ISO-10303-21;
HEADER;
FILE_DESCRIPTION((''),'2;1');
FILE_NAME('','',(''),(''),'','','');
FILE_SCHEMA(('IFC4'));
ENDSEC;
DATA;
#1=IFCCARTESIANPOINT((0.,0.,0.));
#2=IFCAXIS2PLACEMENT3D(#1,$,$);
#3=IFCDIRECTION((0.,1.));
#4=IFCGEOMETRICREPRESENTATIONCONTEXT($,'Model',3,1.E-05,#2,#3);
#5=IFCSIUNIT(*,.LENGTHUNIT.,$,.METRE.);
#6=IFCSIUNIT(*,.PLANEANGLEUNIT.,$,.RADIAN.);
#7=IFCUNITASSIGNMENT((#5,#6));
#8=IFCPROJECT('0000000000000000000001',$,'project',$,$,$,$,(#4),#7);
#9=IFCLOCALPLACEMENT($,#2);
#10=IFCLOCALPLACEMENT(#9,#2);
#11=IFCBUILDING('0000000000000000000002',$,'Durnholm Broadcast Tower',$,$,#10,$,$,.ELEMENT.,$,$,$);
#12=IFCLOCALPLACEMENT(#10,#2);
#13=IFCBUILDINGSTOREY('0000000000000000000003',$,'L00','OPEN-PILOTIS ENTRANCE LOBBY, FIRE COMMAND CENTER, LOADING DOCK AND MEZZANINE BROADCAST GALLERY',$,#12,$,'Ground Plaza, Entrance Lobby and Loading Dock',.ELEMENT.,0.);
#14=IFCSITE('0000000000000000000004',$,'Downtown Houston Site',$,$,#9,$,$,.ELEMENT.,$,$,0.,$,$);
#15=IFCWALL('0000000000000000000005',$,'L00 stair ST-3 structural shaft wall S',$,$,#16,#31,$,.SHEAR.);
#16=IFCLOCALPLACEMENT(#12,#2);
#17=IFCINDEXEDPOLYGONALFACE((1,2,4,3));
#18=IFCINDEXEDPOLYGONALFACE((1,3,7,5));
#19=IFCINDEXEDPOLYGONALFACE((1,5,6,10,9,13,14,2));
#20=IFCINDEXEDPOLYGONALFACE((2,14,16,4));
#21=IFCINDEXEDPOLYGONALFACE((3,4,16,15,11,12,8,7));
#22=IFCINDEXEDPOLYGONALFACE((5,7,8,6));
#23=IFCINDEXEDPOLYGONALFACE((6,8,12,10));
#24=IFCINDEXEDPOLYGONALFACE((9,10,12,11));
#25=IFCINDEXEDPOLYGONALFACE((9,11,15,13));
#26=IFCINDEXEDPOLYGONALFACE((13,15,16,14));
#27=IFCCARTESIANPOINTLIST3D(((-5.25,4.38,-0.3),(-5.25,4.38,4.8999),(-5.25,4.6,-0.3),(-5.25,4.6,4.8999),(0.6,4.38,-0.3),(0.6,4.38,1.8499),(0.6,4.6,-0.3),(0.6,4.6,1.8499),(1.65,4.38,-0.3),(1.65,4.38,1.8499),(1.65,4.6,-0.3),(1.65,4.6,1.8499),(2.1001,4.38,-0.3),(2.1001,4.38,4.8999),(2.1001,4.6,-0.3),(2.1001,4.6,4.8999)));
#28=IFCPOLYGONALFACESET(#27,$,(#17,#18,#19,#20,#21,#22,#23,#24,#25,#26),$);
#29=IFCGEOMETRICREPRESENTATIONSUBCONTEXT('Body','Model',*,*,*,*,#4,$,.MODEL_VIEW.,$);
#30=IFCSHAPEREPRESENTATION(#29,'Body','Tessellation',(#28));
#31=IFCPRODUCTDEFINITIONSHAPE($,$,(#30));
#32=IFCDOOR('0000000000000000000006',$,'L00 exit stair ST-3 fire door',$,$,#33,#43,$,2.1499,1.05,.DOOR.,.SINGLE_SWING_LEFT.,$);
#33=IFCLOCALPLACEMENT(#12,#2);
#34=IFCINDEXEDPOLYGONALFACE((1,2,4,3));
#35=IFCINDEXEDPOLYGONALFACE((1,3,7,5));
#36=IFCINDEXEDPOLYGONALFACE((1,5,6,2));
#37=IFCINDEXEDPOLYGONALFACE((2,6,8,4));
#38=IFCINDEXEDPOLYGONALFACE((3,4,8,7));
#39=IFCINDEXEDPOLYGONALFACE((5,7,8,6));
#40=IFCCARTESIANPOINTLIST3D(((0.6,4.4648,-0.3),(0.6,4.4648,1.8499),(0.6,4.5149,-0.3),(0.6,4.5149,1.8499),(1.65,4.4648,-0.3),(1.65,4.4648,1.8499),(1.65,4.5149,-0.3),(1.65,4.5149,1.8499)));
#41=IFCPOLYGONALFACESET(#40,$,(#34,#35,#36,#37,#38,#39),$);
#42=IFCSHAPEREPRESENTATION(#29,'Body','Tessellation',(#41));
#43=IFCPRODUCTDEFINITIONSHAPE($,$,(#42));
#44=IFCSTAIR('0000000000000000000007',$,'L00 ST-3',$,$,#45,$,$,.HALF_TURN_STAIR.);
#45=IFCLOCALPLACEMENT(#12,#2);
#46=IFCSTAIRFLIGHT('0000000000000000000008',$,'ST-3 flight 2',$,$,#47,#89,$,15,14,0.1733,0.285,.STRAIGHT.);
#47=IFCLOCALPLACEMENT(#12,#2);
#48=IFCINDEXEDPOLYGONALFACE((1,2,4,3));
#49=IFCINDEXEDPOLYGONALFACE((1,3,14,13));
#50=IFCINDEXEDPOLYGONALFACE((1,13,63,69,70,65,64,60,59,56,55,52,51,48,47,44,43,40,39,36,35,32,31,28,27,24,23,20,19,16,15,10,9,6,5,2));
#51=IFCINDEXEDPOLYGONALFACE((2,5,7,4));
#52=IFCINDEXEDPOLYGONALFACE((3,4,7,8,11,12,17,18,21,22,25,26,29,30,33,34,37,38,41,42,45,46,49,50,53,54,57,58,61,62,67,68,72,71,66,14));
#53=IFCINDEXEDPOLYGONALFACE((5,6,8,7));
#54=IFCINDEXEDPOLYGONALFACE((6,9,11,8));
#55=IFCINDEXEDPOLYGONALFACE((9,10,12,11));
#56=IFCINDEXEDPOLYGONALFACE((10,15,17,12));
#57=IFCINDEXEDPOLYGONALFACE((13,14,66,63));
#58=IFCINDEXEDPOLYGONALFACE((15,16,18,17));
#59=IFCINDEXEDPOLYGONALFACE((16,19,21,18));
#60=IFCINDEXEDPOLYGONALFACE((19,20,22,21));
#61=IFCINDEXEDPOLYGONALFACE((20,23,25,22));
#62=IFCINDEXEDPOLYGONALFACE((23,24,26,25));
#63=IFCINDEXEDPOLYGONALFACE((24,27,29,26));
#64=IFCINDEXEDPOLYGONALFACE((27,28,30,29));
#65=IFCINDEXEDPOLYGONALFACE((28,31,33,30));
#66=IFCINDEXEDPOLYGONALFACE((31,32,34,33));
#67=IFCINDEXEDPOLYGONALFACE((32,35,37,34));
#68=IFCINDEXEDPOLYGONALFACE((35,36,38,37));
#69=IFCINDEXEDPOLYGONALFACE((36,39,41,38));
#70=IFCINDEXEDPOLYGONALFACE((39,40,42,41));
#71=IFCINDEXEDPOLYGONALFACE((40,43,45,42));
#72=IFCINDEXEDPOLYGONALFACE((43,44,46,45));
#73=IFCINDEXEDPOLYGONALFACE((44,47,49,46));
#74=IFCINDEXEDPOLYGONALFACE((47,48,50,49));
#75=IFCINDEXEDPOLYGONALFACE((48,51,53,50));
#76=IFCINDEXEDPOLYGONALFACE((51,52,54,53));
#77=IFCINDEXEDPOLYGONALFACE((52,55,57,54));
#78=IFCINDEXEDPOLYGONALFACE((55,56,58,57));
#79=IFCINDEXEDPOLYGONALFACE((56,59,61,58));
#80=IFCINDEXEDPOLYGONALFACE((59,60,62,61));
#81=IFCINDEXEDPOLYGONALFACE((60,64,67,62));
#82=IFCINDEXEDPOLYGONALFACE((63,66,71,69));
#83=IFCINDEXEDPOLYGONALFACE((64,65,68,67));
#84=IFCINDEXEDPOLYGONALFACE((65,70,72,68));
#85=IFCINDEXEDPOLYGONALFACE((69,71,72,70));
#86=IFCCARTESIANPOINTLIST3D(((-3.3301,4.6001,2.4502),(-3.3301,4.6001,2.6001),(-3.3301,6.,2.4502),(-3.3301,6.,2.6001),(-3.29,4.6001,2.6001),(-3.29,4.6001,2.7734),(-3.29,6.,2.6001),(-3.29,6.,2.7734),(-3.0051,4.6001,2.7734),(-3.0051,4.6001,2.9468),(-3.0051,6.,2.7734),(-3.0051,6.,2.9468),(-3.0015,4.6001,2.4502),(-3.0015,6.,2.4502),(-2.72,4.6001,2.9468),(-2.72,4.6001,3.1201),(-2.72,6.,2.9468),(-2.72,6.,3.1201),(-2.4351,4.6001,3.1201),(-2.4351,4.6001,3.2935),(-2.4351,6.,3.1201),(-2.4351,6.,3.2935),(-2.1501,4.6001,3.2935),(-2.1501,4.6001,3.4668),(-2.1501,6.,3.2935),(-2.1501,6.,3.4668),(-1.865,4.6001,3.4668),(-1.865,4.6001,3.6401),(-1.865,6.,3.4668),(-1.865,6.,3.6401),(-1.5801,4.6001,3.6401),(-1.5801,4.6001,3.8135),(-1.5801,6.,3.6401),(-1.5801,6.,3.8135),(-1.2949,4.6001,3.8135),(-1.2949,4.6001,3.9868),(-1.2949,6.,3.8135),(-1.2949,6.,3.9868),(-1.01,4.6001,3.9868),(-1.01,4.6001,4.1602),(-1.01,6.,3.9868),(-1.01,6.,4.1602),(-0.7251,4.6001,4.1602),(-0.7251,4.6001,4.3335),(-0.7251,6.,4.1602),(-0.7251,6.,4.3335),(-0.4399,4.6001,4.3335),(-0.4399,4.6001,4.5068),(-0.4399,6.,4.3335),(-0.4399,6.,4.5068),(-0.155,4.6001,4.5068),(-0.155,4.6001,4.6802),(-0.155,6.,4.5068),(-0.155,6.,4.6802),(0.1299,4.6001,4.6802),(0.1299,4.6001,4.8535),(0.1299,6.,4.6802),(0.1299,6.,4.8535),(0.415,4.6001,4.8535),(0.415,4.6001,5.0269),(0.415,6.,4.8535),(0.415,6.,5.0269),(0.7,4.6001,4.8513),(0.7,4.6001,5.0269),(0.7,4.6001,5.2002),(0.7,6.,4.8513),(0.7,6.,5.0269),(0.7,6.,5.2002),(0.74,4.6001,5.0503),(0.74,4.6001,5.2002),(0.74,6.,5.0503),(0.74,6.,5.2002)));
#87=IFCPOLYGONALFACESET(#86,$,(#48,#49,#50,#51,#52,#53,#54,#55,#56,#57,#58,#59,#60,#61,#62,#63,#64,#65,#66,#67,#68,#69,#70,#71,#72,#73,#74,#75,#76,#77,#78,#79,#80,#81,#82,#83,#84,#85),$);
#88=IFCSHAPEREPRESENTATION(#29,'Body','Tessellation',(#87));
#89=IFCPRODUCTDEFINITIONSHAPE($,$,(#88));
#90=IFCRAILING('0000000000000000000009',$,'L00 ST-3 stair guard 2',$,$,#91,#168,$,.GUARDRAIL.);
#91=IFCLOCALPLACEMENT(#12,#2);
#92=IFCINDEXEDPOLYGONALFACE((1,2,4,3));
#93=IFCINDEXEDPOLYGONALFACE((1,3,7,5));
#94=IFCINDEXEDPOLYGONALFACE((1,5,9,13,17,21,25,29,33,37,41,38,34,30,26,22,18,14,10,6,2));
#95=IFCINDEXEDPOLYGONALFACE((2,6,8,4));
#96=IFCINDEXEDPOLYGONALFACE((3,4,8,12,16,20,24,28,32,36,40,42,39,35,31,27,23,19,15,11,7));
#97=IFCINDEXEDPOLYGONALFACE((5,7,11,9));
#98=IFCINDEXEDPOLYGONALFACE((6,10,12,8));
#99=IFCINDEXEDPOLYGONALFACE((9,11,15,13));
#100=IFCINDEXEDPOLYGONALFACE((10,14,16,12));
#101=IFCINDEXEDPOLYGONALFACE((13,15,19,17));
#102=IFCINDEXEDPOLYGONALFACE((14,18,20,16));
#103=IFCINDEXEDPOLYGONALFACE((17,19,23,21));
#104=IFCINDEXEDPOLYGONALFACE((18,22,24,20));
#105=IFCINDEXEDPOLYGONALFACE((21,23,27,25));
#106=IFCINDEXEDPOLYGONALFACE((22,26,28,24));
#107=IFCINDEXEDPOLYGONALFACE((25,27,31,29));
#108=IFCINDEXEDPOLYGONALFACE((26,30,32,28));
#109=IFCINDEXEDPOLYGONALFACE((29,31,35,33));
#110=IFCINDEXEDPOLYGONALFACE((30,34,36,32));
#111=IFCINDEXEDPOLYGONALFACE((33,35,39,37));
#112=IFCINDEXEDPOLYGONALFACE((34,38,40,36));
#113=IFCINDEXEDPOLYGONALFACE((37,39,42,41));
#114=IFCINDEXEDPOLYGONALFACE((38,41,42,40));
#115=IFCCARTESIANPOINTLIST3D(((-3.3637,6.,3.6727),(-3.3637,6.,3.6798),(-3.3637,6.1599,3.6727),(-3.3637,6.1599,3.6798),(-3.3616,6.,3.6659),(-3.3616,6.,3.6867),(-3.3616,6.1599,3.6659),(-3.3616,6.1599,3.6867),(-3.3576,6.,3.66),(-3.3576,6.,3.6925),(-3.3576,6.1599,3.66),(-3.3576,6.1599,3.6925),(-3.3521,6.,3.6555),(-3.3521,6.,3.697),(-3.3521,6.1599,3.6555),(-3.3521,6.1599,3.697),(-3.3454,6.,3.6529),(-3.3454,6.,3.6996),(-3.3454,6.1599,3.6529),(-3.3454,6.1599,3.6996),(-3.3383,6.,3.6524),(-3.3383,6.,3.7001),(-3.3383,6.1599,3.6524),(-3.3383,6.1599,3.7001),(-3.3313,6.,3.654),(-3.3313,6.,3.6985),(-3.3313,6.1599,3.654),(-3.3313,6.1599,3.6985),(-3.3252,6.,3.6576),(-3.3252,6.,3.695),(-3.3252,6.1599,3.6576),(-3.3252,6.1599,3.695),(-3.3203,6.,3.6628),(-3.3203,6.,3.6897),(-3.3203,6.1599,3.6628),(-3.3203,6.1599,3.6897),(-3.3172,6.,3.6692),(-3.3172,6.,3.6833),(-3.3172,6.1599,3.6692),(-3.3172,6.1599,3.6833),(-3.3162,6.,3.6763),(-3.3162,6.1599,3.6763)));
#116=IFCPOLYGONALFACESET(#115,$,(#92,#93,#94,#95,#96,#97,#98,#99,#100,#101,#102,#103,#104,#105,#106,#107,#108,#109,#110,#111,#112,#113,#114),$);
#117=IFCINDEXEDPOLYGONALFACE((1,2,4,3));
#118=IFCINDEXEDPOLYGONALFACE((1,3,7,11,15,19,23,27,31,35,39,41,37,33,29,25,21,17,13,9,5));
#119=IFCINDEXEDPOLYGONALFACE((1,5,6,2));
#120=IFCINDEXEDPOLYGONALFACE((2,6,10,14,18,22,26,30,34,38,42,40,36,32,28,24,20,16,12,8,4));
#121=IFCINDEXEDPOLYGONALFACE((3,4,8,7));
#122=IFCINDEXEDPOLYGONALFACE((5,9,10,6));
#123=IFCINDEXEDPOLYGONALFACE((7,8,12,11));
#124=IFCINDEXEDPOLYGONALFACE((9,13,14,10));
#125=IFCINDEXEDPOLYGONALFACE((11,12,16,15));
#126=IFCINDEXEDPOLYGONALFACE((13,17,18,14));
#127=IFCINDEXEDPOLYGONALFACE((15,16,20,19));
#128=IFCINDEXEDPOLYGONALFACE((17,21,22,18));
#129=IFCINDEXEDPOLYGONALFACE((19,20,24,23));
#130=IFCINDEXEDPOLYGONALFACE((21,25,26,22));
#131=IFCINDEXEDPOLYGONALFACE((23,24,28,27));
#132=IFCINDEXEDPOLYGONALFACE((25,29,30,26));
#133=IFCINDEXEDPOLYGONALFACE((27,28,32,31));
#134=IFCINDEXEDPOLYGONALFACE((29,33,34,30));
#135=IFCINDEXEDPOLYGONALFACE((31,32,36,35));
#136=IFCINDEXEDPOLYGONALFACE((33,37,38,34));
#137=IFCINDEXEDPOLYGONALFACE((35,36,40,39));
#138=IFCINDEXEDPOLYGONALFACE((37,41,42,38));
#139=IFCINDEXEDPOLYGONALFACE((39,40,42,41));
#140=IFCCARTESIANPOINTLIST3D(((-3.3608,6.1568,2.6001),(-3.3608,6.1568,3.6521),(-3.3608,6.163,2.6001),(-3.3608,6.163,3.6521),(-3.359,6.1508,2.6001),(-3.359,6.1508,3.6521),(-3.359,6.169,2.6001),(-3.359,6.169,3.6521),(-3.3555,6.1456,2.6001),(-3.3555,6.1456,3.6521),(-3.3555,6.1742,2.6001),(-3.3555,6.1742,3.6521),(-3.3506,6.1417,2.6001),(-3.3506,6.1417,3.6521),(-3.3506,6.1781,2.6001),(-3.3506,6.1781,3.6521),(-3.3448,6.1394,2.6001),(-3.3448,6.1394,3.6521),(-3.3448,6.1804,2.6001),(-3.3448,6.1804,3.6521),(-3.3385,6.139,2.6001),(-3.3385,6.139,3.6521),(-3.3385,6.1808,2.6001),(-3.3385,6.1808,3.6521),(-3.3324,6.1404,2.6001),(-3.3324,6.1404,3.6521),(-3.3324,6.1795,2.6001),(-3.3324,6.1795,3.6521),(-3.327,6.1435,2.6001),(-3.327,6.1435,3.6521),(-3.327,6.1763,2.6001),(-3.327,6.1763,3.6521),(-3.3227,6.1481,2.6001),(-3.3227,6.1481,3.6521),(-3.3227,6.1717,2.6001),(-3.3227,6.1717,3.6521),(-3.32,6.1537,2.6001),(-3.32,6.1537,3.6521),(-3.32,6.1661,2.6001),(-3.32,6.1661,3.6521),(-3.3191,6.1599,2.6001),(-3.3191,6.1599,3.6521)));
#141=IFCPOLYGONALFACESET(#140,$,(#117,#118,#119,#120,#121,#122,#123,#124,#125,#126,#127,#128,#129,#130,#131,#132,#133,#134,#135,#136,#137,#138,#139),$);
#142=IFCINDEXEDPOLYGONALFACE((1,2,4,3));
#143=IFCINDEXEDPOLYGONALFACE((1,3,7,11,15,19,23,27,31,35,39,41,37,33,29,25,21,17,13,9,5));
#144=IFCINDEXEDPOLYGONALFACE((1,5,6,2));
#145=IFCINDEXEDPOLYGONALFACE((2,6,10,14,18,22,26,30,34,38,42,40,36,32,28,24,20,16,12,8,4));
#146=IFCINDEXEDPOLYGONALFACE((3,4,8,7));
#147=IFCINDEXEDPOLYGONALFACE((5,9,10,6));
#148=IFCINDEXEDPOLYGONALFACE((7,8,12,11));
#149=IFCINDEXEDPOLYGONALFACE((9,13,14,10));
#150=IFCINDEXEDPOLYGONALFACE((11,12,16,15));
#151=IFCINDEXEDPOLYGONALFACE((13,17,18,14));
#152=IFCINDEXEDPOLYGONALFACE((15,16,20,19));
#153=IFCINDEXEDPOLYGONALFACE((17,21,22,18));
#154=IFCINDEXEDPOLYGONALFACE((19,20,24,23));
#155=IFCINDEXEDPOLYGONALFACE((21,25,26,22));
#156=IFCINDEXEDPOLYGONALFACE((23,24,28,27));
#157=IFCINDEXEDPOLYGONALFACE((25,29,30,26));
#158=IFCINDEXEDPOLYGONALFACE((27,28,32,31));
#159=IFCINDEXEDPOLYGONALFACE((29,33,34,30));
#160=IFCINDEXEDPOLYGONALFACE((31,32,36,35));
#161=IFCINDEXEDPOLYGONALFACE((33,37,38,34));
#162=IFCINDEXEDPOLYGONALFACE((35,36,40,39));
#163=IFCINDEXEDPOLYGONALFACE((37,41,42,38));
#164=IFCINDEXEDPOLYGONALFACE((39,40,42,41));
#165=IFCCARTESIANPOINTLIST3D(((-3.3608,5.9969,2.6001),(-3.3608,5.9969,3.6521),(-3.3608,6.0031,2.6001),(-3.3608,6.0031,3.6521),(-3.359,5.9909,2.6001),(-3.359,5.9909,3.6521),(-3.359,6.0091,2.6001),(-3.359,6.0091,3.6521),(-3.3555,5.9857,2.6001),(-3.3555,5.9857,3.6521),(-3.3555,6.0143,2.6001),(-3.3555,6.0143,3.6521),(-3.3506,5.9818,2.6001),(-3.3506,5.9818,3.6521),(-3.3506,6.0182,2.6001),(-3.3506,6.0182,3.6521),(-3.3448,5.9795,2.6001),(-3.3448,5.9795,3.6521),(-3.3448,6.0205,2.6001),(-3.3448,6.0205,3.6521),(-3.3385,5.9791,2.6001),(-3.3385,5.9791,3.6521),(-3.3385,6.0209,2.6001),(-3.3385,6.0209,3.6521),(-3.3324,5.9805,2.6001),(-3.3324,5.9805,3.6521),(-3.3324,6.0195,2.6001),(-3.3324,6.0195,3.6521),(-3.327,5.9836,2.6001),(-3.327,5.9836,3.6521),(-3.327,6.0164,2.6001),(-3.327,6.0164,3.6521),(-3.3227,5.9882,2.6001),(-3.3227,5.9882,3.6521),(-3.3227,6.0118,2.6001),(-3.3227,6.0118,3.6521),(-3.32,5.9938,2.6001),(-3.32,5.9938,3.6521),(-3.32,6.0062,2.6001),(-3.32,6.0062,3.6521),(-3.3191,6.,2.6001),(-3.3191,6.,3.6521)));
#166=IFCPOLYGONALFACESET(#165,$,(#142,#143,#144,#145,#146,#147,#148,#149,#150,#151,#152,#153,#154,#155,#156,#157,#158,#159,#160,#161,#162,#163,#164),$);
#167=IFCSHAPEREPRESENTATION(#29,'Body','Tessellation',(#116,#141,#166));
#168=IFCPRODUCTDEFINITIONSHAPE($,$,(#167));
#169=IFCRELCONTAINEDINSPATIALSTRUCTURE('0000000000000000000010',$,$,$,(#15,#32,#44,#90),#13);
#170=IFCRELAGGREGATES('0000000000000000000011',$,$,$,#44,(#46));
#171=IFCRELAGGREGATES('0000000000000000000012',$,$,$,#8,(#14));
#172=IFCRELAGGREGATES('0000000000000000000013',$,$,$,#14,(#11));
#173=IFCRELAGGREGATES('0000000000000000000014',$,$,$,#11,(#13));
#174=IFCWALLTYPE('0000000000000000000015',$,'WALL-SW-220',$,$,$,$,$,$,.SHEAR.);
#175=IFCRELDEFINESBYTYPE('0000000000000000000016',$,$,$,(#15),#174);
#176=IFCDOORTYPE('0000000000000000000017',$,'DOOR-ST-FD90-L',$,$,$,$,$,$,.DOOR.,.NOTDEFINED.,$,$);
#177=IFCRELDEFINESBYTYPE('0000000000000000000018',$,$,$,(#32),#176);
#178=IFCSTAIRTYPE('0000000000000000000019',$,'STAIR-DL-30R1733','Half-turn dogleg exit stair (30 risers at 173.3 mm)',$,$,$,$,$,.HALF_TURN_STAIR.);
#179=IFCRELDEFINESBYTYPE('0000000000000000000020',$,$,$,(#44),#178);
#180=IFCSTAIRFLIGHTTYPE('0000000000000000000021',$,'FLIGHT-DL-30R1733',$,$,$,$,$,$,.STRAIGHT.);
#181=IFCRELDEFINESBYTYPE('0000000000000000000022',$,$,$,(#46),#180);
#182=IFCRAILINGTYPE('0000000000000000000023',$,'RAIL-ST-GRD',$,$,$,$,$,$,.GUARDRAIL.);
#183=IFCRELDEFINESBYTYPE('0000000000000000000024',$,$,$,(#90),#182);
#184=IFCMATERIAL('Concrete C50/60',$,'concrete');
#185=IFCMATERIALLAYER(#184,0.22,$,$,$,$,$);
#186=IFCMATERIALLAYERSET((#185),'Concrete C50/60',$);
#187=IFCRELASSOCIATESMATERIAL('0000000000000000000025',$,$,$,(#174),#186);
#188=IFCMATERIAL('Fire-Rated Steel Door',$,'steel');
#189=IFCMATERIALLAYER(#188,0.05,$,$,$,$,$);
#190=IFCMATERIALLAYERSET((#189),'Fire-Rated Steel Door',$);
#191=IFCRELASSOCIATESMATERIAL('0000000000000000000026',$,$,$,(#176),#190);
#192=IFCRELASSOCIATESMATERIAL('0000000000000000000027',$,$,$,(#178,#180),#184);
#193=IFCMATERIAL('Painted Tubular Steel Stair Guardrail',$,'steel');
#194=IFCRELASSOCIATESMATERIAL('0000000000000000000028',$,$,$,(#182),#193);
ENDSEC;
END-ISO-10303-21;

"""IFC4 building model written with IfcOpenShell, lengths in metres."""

from ifc_helpers import new_model, si_unit, direction, frame, frame_2d, origin, origin_2d, place, context, subcontext, project, spatial, polyline, rectangle, circle, outline, extrude, source, transform, mapped, material, layer, layer_set, type_object, type_shapes, element, fill, aggregate, save


model = new_model("IFC4")

# Units and contexts
model_context = context("Model", 3, precision=1e-05, world=origin(), true_north=direction((0.0, 1.0)))
body_context = subcontext(model_context, "Body", "Model", "MODEL_VIEW")
ifc_project = project(units=[si_unit("LENGTHUNIT", "METRE"), si_unit("PLANEANGLEUNIT", "RADIAN")], contexts=[model_context])

# Site, building, storey
site_placement = place(None, origin())
site = spatial("IfcSite", under=ifc_project, at=site_placement, Name="Downtown Houston Site", CompositionType="ELEMENT", RefElevation=0.0)
building_placement = place(site_placement, origin())
building = spatial("IfcBuilding", under=site, at=building_placement, Name="Durnholm Broadcast Tower", CompositionType="ELEMENT")
storey_placement = place(building_placement, origin())
storey = spatial("IfcBuildingStorey", under=building, at=storey_placement, Name="L00", Description="OPEN-PILOTIS ENTRANCE LOBBY, FIRE COMMAND CENTER, LOADING DOCK AND MEZZANINE BROADCAST GALLERY", LongName="Ground Plaza, Entrance Lobby and Loading Dock", CompositionType="ELEMENT", Elevation=0.0)

# Shared definitions
ifc_material_1 = material(Name="Concrete C50/60", Category="concrete")
ifc_layer_1 = layer(ifc_material_1, 0.22)
ifc_layer_set_1 = layer_set([ifc_layer_1], Name="Concrete C50/60")
wall_type_1 = type_object("IfcWallType", Name="WALL-SW-220", PredefinedType="SHEAR", material=ifc_layer_set_1)

# Wall, opening, door
wall_1_placement = place(storey_placement, frame((-5.25, 4.49, -0.3), z_axis=(0.0, 0.0, 1.0), x_axis=(1.0, 0.0, 0.0)))
wall_1 = element("IfcWall", 1, at=wall_1_placement, inside=storey, type_object=wall_type_1, Name="L00 stair ST-3 structural shaft wall S", PredefinedType="SHEAR", context=body_context, shape_type="SweptSolid", body=[
    extrude(rectangle(XDim=7.3501, YDim=0.22, at=frame_2d((3.675, 0.0))), origin(), (0.0, 0.0, 1.0), 5.2),
])
opening_1_placement = place(wall_1_placement, frame((5.8501, 0.0, 0.0)))
opening_1 = element("IfcOpeningElement", 2, at=opening_1_placement, cuts=wall_1, PredefinedType="OPENING", context=body_context, shape_type="SweptSolid", body=[
    extrude(rectangle(XDim=1.05, YDim=2.1499, at=frame_2d((0.5249, 1.075))), frame((0.0, 0.1201, 0.0), z_axis=(0.0, -1.0, 0.0), x_axis=(1.0, 0.0, 0.0)), (0.0, 0.0, 1.0), 0.24),
])
ifc_material_2 = material(Name="Fire-Rated Steel Door", Category="steel")
ifc_layer_2 = layer(ifc_material_2, 0.05)
ifc_layer_set_2 = layer_set([ifc_layer_2], Name="Fire-Rated Steel Door")
door_type_1 = type_object("IfcDoorType", Name="DOOR-ST-FD90-L", OperationType="NOTDEFINED", PredefinedType="DOOR", material=ifc_layer_set_2)
shared_shape_1 = source(origin(), body_context, "Body", "SweptSolid", [
    extrude(rectangle(XDim=1.05, YDim=2.1499, at=frame_2d((0.5249, 1.075))), frame((0.0, 0.0249, 0.0), z_axis=(0.0, -1.0, 0.0), x_axis=(1.0, 0.0, 0.0)), (0.0, 0.0, 1.0), 0.05),
])
type_shapes(door_type_1, [shared_shape_1])
door_1_placement = place(opening_1_placement, origin())
door_1 = element("IfcDoor", 3, at=door_1_placement, inside=storey, type_object=door_type_1, Name="L00 exit stair ST-3 fire door", OperationType="SINGLE_SWING_LEFT", OverallHeight=2.1499, OverallWidth=1.05, PredefinedType="DOOR", context=body_context, shape_type="MappedRepresentation", body=[
    mapped(shared_shape_1, transform((0.0, 0.0, 0.0), x_axis=(1.0, 0.0, 0.0), y_axis=(0.0, 1.0, 0.0), z_axis=(0.0, 0.0, 1.0), scale=1.0)),
])
fill(opening_1, door_1)

# Stair, stair flight
stair_type = type_object("IfcStairType", Name="STAIR-DL-30R1733", Description="Half-turn dogleg exit stair (30 risers at 173.3 mm)", PredefinedType="HALF_TURN_STAIR", material=ifc_material_1)
stair_placement = place(storey_placement, origin())
stair = element("IfcStair", 4, at=stair_placement, inside=storey, type_object=stair_type, Name="L00 ST-3", PredefinedType="HALF_TURN_STAIR")
stair_flight_type = type_object("IfcStairFlightType", Name="FLIGHT-DL-30R1733", PredefinedType="STRAIGHT", material=ifc_material_1)
stair_flight_placement = place(storey_placement, frame((-3.29, 5.3, 2.6001), z_axis=(0.0, 0.0, 1.0), x_axis=(1.0, 0.0, 0.0)))
stair_flight = element("IfcStairFlight", 5, at=stair_flight_placement, type_object=stair_flight_type, Name="ST-3 flight 2", NumberOfRisers=15, NumberOfTreads=14, PredefinedType="STRAIGHT", RiserHeight=0.1733, TreadLength=0.285, context=body_context, shape_type="SweptSolid", body=[
    extrude(outline(polyline([(-0.04, -0.1499), (-0.04, 0.0), (0.0, 0.0), (0.0, 0.1733), (0.2849, 0.1733), (0.2849, 0.3467), (0.5701, 0.3467), (0.5701, 0.52), (0.855, 0.52), (0.855, 0.6934), (1.1399, 0.6934), (1.1399, 0.8667), (1.425, 0.8667), (1.425, 1.04), (1.71, 1.04), (1.71, 1.2134), (1.9951, 1.2134), (1.9951, 1.3867), (2.28, 1.3867), (2.28, 1.5601), (2.5649, 1.5601), (2.5649, 1.7334), (2.8501, 1.7334), (2.8501, 1.9067), (3.135, 1.9067), (3.135, 2.0801), (3.4199, 2.0801), (3.4199, 2.2534), (3.7051, 2.2534), (3.7051, 2.4268), (3.99, 2.4268), (3.99, 2.6001), (4.03, 2.6001), (4.03, 2.4502), (3.99, 2.2512), (0.2886, -0.1499), (-0.04, -0.1499)])), frame((0.0, 0.7, 0.0), z_axis=(0.0, -1.0, 0.0), x_axis=(1.0, 0.0, 0.0)), (0.0, 0.0, 1.0), 1.3999),
])
aggregate(stair, [stair_flight])

# Railing
ifc_material_3 = material(Name="Painted Tubular Steel Stair Guardrail", Category="steel")
railing_type_1 = type_object("IfcRailingType", Name="RAIL-ST-GRD", PredefinedType="GUARDRAIL", material=ifc_material_3)
railing_1_placement = place(storey_placement, frame((-3.3401, 6.1599, 2.6001)))
element("IfcRailing", 6, at=railing_1_placement, inside=storey, type_object=railing_type_1, Name="L00 ST-3 stair guard 2", PredefinedType="GUARDRAIL", context=body_context, shape_type="SweptSolid", body=[
    extrude(circle(Radius=0.0239, at=origin_2d()), frame((0.0, 0.0, 1.0762), z_axis=(0.0, -1.0, 0.0), x_axis=(1.0, 0.0, 0.0)), (0.0, 0.0, 1.0), 0.1599),
    extrude(circle(Radius=0.021, at=origin_2d()), origin(), (0.0, 0.0, 1.0), 1.052),
    extrude(circle(Radius=0.021, at=origin_2d()), frame((0.0, -0.1599, 0.0)), (0.0, 0.0, 1.0), 1.052),
])

save(model, "model.ifc")
